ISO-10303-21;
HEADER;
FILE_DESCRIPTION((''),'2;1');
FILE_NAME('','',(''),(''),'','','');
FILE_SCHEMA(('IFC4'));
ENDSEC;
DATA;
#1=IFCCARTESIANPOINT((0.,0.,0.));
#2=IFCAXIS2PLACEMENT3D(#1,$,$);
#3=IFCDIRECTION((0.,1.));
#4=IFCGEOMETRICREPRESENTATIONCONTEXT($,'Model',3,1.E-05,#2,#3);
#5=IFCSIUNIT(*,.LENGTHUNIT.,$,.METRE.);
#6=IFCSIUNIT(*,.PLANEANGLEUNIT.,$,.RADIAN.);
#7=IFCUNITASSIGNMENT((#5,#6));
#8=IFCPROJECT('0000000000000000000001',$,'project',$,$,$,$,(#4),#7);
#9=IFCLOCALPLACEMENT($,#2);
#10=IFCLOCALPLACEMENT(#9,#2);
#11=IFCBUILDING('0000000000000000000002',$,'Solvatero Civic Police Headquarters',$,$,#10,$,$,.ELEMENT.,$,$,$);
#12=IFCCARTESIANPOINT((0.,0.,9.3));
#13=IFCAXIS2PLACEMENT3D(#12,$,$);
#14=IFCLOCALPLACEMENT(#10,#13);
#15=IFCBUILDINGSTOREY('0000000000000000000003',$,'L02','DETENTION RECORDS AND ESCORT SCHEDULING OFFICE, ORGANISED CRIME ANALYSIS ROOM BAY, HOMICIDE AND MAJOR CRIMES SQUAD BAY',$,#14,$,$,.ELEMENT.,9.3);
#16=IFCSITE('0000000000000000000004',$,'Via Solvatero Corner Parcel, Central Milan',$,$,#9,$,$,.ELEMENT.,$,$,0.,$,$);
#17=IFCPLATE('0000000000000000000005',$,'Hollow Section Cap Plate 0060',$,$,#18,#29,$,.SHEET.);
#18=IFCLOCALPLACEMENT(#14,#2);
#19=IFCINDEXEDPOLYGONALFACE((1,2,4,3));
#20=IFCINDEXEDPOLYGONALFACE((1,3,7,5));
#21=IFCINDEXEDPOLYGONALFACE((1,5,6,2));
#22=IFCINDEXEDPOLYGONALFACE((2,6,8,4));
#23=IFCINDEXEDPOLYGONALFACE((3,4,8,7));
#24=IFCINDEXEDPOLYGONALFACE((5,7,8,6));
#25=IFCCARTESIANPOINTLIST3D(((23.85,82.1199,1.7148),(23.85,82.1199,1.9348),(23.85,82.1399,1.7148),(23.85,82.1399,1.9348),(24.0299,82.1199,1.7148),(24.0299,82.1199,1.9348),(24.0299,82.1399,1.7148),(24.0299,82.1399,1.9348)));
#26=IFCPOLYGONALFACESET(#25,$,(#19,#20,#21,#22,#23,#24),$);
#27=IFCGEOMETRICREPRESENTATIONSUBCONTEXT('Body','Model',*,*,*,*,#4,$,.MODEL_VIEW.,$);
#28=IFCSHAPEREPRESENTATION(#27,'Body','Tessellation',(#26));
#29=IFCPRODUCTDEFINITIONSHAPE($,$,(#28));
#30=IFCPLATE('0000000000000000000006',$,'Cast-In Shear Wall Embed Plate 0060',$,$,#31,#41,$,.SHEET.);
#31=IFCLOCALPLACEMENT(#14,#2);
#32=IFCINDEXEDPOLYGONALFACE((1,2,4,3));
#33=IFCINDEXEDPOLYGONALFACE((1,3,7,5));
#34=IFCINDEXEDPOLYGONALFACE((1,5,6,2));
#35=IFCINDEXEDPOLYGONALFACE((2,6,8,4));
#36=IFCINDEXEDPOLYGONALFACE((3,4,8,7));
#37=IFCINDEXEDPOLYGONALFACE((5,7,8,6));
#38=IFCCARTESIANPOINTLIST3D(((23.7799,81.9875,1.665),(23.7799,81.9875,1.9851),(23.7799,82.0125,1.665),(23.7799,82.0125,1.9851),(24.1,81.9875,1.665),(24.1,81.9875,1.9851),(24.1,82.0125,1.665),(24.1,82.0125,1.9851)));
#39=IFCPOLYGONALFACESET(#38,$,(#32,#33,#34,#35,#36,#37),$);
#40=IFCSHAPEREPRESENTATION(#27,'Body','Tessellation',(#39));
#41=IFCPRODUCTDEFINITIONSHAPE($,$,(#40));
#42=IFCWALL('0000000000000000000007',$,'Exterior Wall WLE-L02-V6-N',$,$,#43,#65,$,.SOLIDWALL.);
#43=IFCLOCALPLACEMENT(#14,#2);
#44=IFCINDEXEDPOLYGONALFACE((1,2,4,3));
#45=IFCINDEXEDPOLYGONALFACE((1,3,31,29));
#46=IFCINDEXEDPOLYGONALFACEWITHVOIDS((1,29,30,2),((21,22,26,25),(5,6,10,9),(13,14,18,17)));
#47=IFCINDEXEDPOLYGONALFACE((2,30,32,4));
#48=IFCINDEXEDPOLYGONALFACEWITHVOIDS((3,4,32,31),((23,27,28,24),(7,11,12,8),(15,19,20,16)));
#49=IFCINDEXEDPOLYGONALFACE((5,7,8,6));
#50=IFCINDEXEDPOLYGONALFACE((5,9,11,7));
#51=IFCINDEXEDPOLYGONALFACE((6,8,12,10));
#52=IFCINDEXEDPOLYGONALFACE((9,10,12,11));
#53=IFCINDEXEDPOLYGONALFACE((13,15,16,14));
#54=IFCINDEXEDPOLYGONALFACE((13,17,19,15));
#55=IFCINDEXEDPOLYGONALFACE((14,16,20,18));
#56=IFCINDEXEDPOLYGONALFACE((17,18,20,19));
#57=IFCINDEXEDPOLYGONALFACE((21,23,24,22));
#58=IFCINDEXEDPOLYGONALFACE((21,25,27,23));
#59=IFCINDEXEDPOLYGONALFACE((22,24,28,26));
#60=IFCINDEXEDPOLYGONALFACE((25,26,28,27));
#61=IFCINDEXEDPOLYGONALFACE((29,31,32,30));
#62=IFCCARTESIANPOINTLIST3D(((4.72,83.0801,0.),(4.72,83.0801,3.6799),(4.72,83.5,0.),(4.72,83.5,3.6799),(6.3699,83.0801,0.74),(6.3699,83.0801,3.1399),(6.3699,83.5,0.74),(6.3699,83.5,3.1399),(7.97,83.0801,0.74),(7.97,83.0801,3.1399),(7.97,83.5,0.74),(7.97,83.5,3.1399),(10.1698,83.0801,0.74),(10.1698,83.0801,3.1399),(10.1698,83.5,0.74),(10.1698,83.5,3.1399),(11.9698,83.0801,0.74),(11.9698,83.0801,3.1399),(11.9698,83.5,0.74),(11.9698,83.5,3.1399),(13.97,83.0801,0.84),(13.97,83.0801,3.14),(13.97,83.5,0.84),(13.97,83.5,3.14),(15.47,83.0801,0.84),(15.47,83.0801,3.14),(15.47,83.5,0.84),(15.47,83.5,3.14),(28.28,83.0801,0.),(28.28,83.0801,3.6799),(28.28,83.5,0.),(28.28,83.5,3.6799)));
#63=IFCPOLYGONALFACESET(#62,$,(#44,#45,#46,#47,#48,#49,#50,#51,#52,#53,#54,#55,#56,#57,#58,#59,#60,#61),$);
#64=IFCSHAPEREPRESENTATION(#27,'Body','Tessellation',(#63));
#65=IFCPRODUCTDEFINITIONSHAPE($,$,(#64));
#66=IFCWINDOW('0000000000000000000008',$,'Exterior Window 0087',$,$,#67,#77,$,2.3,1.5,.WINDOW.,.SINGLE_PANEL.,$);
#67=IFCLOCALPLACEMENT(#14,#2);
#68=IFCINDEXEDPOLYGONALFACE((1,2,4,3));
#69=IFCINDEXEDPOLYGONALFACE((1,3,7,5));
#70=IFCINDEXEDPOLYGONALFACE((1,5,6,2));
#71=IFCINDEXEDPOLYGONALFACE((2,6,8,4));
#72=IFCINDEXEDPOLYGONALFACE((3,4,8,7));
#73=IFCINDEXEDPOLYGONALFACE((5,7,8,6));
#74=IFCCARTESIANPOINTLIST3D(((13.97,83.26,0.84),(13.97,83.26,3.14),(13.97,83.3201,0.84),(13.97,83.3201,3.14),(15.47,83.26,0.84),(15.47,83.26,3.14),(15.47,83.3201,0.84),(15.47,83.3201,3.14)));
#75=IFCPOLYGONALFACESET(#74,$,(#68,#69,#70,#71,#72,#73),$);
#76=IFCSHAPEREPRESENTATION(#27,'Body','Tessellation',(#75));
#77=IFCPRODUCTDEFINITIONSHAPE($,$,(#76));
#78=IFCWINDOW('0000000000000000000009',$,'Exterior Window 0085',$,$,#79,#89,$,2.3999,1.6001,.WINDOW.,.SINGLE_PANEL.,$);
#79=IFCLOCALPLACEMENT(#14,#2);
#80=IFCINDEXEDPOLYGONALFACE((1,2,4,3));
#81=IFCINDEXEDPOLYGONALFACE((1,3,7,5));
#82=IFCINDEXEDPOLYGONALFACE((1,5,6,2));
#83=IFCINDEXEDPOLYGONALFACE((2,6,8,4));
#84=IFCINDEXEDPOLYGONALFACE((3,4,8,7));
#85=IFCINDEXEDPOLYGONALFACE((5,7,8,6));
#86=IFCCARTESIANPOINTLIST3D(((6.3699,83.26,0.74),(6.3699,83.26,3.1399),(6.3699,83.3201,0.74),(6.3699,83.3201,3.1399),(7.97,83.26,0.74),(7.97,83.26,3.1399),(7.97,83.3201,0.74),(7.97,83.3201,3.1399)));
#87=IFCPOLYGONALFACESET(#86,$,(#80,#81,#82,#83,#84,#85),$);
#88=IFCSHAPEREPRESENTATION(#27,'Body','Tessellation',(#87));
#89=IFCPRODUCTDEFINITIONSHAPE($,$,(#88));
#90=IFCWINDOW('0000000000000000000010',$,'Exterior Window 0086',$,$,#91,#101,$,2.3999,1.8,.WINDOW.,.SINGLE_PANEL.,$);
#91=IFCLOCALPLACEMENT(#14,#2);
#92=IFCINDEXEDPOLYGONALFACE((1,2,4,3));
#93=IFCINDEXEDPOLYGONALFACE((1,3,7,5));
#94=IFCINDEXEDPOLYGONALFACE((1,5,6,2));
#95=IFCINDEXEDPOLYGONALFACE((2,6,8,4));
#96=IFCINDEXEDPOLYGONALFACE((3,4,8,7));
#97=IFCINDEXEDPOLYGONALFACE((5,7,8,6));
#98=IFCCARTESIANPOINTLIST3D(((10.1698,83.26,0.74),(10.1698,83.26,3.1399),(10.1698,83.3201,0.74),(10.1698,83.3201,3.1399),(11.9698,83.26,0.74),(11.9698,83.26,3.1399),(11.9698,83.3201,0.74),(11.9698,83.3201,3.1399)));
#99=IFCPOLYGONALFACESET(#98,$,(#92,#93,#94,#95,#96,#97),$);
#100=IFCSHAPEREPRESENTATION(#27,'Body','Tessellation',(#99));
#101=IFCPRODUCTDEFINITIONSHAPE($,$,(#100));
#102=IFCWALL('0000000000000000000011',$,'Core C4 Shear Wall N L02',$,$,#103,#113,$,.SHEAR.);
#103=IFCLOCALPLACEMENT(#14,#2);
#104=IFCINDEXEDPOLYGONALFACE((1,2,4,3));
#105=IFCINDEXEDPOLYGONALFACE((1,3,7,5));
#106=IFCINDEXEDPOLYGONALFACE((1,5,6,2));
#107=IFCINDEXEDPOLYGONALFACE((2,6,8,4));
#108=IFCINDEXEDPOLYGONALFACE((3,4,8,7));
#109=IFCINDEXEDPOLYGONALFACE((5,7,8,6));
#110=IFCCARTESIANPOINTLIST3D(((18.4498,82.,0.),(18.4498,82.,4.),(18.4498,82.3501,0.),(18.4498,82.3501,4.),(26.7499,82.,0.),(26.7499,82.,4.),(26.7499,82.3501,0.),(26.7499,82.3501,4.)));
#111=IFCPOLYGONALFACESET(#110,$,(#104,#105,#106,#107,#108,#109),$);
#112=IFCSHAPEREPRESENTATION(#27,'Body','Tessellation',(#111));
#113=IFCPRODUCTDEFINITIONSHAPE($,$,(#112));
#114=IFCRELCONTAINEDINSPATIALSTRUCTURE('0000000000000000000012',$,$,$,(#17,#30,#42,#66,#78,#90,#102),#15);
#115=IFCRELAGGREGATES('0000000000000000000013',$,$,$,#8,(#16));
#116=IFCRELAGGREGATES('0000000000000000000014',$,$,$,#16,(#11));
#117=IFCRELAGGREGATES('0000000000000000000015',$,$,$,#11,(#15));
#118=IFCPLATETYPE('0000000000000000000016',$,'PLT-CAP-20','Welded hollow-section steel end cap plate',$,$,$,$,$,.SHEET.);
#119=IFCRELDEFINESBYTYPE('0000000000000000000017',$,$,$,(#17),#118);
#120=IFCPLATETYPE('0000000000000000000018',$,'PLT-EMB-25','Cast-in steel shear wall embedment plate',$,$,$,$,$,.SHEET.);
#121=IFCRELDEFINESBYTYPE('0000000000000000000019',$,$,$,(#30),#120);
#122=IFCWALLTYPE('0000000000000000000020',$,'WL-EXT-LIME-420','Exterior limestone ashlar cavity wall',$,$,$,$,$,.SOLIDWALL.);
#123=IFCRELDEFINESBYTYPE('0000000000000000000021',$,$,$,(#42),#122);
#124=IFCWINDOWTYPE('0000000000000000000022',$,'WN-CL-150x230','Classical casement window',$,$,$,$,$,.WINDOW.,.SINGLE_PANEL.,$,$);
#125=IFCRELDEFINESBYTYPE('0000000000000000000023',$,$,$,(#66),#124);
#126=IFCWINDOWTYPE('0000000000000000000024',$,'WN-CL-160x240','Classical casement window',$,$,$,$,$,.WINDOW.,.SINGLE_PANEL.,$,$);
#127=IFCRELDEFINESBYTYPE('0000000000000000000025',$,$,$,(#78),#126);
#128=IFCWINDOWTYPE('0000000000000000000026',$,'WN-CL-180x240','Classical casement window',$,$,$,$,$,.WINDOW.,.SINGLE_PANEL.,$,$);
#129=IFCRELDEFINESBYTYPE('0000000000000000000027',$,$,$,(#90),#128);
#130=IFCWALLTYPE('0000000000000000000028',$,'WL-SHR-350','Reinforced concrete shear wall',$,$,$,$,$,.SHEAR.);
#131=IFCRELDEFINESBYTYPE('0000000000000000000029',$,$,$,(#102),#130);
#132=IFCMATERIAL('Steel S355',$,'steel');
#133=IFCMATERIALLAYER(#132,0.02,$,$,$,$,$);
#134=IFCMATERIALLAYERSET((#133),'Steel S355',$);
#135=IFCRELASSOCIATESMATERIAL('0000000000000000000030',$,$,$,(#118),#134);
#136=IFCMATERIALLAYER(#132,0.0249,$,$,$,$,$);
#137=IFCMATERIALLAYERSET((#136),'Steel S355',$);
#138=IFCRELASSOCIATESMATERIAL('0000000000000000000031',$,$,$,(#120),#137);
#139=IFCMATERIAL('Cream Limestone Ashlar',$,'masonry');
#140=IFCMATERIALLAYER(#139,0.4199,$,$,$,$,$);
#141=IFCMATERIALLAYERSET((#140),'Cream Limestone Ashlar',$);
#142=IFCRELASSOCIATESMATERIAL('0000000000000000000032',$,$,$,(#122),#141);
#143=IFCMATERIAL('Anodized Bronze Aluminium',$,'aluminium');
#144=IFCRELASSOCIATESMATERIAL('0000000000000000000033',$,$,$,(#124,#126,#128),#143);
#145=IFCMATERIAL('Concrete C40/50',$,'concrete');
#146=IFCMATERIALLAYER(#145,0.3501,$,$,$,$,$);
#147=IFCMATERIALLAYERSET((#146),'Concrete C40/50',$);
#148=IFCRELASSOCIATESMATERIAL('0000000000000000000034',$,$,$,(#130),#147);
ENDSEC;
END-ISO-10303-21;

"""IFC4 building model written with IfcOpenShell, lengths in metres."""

from ifc_helpers import new_model, si_unit, direction, frame, frame_2d, origin, origin_2d, place, context, subcontext, project, spatial, rectangle, extrude, material, layer, layer_set, type_object, element, fill, save


model = new_model("IFC4")

# Units and contexts
model_context = context("Model", 3, precision=1e-05, world=origin(), true_north=direction((0.0, 1.0)))
body_context = subcontext(model_context, "Body", "Model", "MODEL_VIEW")
ifc_project = project(units=[si_unit("LENGTHUNIT", "METRE"), si_unit("PLANEANGLEUNIT", "RADIAN")], contexts=[model_context])

# Site, building, storey
site_placement = place(None, origin())
site = spatial("IfcSite", under=ifc_project, at=site_placement, Name="Via Solvatero Corner Parcel, Central Milan", CompositionType="ELEMENT", RefElevation=0.0)
building_placement = place(site_placement, origin())
building = spatial("IfcBuilding", under=site, at=building_placement, Name="Solvatero Civic Police Headquarters", CompositionType="ELEMENT")
storey_placement = place(building_placement, frame((0.0, 0.0, 9.3)))
storey = spatial("IfcBuildingStorey", under=building, at=storey_placement, Name="L02", Description="DETENTION RECORDS AND ESCORT SCHEDULING OFFICE, ORGANISED CRIME ANALYSIS ROOM BAY, HOMICIDE AND MAJOR CRIMES SQUAD BAY", CompositionType="ELEMENT", Elevation=9.3)

# Shared definitions
ifc_material_1 = material(Name="Steel S355", Category="steel")

# Plates
ifc_layer_1 = layer(ifc_material_1, 0.02)
ifc_layer_set_1 = layer_set([ifc_layer_1], Name="Steel S355")
plate_type_1 = type_object("IfcPlateType", Name="PLT-CAP-20", Description="Welded hollow-section steel end cap plate", PredefinedType="SHEET", material=ifc_layer_set_1)
plate_1_placement = place(storey_placement, frame((23.9399, 82.1299, 1.7148), z_axis=(0.0, 0.0, 1.0), x_axis=(1.0, 0.0, 0.0)))
element("IfcPlate", 1, at=plate_1_placement, inside=storey, type_object=plate_type_1, Name="Hollow Section Cap Plate 0060", PredefinedType="SHEET", context=body_context, shape_type="SweptSolid", body=[
    extrude(rectangle(XDim=0.1799, YDim=0.02, at=origin_2d()), origin(), (0.0, 0.0, 1.0), 0.22),
])
ifc_layer_2 = layer(ifc_material_1, 0.0249)
ifc_layer_set_2 = layer_set([ifc_layer_2], Name="Steel S355")
plate_type_2 = type_object("IfcPlateType", Name="PLT-EMB-25", Description="Cast-in steel shear wall embedment plate", PredefinedType="SHEET", material=ifc_layer_set_2)
plate_2_placement = place(storey_placement, frame((23.9399, 82.0, 1.665), z_axis=(0.0, 0.0, 1.0), x_axis=(1.0, 0.0, 0.0)))
element("IfcPlate", 2, at=plate_2_placement, inside=storey, type_object=plate_type_2, Name="Cast-In Shear Wall Embed Plate 0060", PredefinedType="SHEET", context=body_context, shape_type="SweptSolid", body=[
    extrude(rectangle(XDim=0.3201, YDim=0.0249, at=origin_2d()), origin(), (0.0, 0.0, 1.0), 0.3201),
])

# Wall, openings, windows
ifc_material_2 = material(Name="Cream Limestone Ashlar", Category="masonry")
ifc_layer_3 = layer(ifc_material_2, 0.4199)
ifc_layer_set_3 = layer_set([ifc_layer_3], Name="Cream Limestone Ashlar")
wall_type_1 = type_object("IfcWallType", Name="WL-EXT-LIME-420", Description="Exterior limestone ashlar cavity wall", PredefinedType="SOLIDWALL", material=ifc_layer_set_3)
wall_1_placement = place(storey_placement, frame((4.72, 83.29, 0.0), z_axis=(0.0, 0.0, 1.0), x_axis=(1.0, 0.0, 0.0)))
wall_1 = element("IfcWall", 3, at=wall_1_placement, inside=storey, type_object=wall_type_1, Name="Exterior Wall WLE-L02-V6-N", PredefinedType="SOLIDWALL", context=body_context, shape_type="SweptSolid", body=[
    extrude(rectangle(XDim=23.5601, YDim=0.4199, at=frame_2d((11.78, 0.0))), origin(), (0.0, 0.0, 1.0), 3.6799),
])
opening_1_placement = place(wall_1_placement, frame((1.6499, 0.0, 0.74)))
opening_1 = element("IfcOpeningElement", 4, at=opening_1_placement, cuts=wall_1, PredefinedType="OPENING", context=body_context, shape_type="SweptSolid", body=[
    extrude(rectangle(XDim=1.6001, YDim=2.3999, at=frame_2d((0.8, 1.2))), frame((0.0, 0.22, 0.0), z_axis=(0.0, -1.0, 0.0), x_axis=(1.0, 0.0, 0.0)), (0.0, 0.0, 1.0), 0.4399),
])
opening_2_placement = place(wall_1_placement, frame((5.45, 0.0, 0.74)))
opening_2 = element("IfcOpeningElement", 5, at=opening_2_placement, cuts=wall_1, PredefinedType="OPENING", context=body_context, shape_type="SweptSolid", body=[
    extrude(rectangle(XDim=1.8, YDim=2.3999, at=frame_2d((0.8999, 1.2))), frame((0.0, 0.22, 0.0), z_axis=(0.0, -1.0, 0.0), x_axis=(1.0, 0.0, 0.0)), (0.0, 0.0, 1.0), 0.4399),
])
opening_3_placement = place(wall_1_placement, frame((9.25, 0.0, 0.8401)))
opening_3 = element("IfcOpeningElement", 6, at=opening_3_placement, cuts=wall_1, PredefinedType="OPENING", context=body_context, shape_type="SweptSolid", body=[
    extrude(rectangle(XDim=1.5, YDim=2.3, at=frame_2d((0.75, 1.1499))), frame((0.0, 0.22, 0.0), z_axis=(0.0, -1.0, 0.0), x_axis=(1.0, 0.0, 0.0)), (0.0, 0.0, 1.0), 0.4399),
])
ifc_material_3 = material(Name="Anodized Bronze Aluminium", Category="aluminium")
window_type_1 = type_object("IfcWindowType", Name="WN-CL-150x230", Description="Classical casement window", PartitioningType="SINGLE_PANEL", PredefinedType="WINDOW", material=ifc_material_3)
window_1_placement = place(opening_3_placement, origin())
window_1 = element("IfcWindow", 7, at=window_1_placement, inside=storey, type_object=window_type_1, Name="Exterior Window 0087", OverallHeight=2.3, OverallWidth=1.5, PartitioningType="SINGLE_PANEL", PredefinedType="WINDOW", context=body_context, shape_type="SweptSolid", body=[
    extrude(rectangle(XDim=1.5, YDim=2.3, at=frame_2d((0.75, 1.1499))), frame((0.0, 0.03, 0.0), z_axis=(0.0, -1.0, 0.0), x_axis=(1.0, 0.0, 0.0)), (0.0, 0.0, 1.0), 0.0601),
])
fill(opening_3, window_1)
window_type_2 = type_object("IfcWindowType", Name="WN-CL-160x240", Description="Classical casement window", PartitioningType="SINGLE_PANEL", PredefinedType="WINDOW", material=ifc_material_3)
window_2_placement = place(opening_1_placement, origin())
window_2 = element("IfcWindow", 8, at=window_2_placement, inside=storey, type_object=window_type_2, Name="Exterior Window 0085", OverallHeight=2.3999, OverallWidth=1.6001, PartitioningType="SINGLE_PANEL", PredefinedType="WINDOW", context=body_context, shape_type="SweptSolid", body=[
    extrude(rectangle(XDim=1.6001, YDim=2.3999, at=frame_2d((0.8, 1.2))), frame((0.0, 0.03, 0.0), z_axis=(0.0, -1.0, 0.0), x_axis=(1.0, 0.0, 0.0)), (0.0, 0.0, 1.0), 0.0601),
])
fill(opening_1, window_2)
window_type_3 = type_object("IfcWindowType", Name="WN-CL-180x240", Description="Classical casement window", PartitioningType="SINGLE_PANEL", PredefinedType="WINDOW", material=ifc_material_3)
window_3_placement = place(opening_2_placement, origin())
window_3 = element("IfcWindow", 9, at=window_3_placement, inside=storey, type_object=window_type_3, Name="Exterior Window 0086", OverallHeight=2.3999, OverallWidth=1.8, PartitioningType="SINGLE_PANEL", PredefinedType="WINDOW", context=body_context, shape_type="SweptSolid", body=[
    extrude(rectangle(XDim=1.8, YDim=2.3999, at=frame_2d((0.8999, 1.2))), frame((0.0, 0.03, 0.0), z_axis=(0.0, -1.0, 0.0), x_axis=(1.0, 0.0, 0.0)), (0.0, 0.0, 1.0), 0.0601),
])
fill(opening_2, window_3)

# Wall
ifc_material_4 = material(Name="Concrete C40/50", Category="concrete")
ifc_layer_4 = layer(ifc_material_4, 0.3501)
ifc_layer_set_4 = layer_set([ifc_layer_4], Name="Concrete C40/50")
wall_type_2 = type_object("IfcWallType", Name="WL-SHR-350", Description="Reinforced concrete shear wall", PredefinedType="SHEAR", material=ifc_layer_set_4)
wall_2_placement = place(storey_placement, frame((18.45, 82.175, 0.0), z_axis=(0.0, 0.0, 1.0), x_axis=(1.0, 0.0, 0.0)))
element("IfcWall", 10, at=wall_2_placement, inside=storey, type_object=wall_type_2, Name="Core C4 Shear Wall N L02", PredefinedType="SHEAR", context=body_context, shape_type="SweptSolid", body=[
    extrude(rectangle(XDim=8.3, YDim=0.3501, at=frame_2d((4.1499, 0.0))), origin(), (0.0, 0.0, 1.0), 4.0),
])

save(model, "model.ifc")
